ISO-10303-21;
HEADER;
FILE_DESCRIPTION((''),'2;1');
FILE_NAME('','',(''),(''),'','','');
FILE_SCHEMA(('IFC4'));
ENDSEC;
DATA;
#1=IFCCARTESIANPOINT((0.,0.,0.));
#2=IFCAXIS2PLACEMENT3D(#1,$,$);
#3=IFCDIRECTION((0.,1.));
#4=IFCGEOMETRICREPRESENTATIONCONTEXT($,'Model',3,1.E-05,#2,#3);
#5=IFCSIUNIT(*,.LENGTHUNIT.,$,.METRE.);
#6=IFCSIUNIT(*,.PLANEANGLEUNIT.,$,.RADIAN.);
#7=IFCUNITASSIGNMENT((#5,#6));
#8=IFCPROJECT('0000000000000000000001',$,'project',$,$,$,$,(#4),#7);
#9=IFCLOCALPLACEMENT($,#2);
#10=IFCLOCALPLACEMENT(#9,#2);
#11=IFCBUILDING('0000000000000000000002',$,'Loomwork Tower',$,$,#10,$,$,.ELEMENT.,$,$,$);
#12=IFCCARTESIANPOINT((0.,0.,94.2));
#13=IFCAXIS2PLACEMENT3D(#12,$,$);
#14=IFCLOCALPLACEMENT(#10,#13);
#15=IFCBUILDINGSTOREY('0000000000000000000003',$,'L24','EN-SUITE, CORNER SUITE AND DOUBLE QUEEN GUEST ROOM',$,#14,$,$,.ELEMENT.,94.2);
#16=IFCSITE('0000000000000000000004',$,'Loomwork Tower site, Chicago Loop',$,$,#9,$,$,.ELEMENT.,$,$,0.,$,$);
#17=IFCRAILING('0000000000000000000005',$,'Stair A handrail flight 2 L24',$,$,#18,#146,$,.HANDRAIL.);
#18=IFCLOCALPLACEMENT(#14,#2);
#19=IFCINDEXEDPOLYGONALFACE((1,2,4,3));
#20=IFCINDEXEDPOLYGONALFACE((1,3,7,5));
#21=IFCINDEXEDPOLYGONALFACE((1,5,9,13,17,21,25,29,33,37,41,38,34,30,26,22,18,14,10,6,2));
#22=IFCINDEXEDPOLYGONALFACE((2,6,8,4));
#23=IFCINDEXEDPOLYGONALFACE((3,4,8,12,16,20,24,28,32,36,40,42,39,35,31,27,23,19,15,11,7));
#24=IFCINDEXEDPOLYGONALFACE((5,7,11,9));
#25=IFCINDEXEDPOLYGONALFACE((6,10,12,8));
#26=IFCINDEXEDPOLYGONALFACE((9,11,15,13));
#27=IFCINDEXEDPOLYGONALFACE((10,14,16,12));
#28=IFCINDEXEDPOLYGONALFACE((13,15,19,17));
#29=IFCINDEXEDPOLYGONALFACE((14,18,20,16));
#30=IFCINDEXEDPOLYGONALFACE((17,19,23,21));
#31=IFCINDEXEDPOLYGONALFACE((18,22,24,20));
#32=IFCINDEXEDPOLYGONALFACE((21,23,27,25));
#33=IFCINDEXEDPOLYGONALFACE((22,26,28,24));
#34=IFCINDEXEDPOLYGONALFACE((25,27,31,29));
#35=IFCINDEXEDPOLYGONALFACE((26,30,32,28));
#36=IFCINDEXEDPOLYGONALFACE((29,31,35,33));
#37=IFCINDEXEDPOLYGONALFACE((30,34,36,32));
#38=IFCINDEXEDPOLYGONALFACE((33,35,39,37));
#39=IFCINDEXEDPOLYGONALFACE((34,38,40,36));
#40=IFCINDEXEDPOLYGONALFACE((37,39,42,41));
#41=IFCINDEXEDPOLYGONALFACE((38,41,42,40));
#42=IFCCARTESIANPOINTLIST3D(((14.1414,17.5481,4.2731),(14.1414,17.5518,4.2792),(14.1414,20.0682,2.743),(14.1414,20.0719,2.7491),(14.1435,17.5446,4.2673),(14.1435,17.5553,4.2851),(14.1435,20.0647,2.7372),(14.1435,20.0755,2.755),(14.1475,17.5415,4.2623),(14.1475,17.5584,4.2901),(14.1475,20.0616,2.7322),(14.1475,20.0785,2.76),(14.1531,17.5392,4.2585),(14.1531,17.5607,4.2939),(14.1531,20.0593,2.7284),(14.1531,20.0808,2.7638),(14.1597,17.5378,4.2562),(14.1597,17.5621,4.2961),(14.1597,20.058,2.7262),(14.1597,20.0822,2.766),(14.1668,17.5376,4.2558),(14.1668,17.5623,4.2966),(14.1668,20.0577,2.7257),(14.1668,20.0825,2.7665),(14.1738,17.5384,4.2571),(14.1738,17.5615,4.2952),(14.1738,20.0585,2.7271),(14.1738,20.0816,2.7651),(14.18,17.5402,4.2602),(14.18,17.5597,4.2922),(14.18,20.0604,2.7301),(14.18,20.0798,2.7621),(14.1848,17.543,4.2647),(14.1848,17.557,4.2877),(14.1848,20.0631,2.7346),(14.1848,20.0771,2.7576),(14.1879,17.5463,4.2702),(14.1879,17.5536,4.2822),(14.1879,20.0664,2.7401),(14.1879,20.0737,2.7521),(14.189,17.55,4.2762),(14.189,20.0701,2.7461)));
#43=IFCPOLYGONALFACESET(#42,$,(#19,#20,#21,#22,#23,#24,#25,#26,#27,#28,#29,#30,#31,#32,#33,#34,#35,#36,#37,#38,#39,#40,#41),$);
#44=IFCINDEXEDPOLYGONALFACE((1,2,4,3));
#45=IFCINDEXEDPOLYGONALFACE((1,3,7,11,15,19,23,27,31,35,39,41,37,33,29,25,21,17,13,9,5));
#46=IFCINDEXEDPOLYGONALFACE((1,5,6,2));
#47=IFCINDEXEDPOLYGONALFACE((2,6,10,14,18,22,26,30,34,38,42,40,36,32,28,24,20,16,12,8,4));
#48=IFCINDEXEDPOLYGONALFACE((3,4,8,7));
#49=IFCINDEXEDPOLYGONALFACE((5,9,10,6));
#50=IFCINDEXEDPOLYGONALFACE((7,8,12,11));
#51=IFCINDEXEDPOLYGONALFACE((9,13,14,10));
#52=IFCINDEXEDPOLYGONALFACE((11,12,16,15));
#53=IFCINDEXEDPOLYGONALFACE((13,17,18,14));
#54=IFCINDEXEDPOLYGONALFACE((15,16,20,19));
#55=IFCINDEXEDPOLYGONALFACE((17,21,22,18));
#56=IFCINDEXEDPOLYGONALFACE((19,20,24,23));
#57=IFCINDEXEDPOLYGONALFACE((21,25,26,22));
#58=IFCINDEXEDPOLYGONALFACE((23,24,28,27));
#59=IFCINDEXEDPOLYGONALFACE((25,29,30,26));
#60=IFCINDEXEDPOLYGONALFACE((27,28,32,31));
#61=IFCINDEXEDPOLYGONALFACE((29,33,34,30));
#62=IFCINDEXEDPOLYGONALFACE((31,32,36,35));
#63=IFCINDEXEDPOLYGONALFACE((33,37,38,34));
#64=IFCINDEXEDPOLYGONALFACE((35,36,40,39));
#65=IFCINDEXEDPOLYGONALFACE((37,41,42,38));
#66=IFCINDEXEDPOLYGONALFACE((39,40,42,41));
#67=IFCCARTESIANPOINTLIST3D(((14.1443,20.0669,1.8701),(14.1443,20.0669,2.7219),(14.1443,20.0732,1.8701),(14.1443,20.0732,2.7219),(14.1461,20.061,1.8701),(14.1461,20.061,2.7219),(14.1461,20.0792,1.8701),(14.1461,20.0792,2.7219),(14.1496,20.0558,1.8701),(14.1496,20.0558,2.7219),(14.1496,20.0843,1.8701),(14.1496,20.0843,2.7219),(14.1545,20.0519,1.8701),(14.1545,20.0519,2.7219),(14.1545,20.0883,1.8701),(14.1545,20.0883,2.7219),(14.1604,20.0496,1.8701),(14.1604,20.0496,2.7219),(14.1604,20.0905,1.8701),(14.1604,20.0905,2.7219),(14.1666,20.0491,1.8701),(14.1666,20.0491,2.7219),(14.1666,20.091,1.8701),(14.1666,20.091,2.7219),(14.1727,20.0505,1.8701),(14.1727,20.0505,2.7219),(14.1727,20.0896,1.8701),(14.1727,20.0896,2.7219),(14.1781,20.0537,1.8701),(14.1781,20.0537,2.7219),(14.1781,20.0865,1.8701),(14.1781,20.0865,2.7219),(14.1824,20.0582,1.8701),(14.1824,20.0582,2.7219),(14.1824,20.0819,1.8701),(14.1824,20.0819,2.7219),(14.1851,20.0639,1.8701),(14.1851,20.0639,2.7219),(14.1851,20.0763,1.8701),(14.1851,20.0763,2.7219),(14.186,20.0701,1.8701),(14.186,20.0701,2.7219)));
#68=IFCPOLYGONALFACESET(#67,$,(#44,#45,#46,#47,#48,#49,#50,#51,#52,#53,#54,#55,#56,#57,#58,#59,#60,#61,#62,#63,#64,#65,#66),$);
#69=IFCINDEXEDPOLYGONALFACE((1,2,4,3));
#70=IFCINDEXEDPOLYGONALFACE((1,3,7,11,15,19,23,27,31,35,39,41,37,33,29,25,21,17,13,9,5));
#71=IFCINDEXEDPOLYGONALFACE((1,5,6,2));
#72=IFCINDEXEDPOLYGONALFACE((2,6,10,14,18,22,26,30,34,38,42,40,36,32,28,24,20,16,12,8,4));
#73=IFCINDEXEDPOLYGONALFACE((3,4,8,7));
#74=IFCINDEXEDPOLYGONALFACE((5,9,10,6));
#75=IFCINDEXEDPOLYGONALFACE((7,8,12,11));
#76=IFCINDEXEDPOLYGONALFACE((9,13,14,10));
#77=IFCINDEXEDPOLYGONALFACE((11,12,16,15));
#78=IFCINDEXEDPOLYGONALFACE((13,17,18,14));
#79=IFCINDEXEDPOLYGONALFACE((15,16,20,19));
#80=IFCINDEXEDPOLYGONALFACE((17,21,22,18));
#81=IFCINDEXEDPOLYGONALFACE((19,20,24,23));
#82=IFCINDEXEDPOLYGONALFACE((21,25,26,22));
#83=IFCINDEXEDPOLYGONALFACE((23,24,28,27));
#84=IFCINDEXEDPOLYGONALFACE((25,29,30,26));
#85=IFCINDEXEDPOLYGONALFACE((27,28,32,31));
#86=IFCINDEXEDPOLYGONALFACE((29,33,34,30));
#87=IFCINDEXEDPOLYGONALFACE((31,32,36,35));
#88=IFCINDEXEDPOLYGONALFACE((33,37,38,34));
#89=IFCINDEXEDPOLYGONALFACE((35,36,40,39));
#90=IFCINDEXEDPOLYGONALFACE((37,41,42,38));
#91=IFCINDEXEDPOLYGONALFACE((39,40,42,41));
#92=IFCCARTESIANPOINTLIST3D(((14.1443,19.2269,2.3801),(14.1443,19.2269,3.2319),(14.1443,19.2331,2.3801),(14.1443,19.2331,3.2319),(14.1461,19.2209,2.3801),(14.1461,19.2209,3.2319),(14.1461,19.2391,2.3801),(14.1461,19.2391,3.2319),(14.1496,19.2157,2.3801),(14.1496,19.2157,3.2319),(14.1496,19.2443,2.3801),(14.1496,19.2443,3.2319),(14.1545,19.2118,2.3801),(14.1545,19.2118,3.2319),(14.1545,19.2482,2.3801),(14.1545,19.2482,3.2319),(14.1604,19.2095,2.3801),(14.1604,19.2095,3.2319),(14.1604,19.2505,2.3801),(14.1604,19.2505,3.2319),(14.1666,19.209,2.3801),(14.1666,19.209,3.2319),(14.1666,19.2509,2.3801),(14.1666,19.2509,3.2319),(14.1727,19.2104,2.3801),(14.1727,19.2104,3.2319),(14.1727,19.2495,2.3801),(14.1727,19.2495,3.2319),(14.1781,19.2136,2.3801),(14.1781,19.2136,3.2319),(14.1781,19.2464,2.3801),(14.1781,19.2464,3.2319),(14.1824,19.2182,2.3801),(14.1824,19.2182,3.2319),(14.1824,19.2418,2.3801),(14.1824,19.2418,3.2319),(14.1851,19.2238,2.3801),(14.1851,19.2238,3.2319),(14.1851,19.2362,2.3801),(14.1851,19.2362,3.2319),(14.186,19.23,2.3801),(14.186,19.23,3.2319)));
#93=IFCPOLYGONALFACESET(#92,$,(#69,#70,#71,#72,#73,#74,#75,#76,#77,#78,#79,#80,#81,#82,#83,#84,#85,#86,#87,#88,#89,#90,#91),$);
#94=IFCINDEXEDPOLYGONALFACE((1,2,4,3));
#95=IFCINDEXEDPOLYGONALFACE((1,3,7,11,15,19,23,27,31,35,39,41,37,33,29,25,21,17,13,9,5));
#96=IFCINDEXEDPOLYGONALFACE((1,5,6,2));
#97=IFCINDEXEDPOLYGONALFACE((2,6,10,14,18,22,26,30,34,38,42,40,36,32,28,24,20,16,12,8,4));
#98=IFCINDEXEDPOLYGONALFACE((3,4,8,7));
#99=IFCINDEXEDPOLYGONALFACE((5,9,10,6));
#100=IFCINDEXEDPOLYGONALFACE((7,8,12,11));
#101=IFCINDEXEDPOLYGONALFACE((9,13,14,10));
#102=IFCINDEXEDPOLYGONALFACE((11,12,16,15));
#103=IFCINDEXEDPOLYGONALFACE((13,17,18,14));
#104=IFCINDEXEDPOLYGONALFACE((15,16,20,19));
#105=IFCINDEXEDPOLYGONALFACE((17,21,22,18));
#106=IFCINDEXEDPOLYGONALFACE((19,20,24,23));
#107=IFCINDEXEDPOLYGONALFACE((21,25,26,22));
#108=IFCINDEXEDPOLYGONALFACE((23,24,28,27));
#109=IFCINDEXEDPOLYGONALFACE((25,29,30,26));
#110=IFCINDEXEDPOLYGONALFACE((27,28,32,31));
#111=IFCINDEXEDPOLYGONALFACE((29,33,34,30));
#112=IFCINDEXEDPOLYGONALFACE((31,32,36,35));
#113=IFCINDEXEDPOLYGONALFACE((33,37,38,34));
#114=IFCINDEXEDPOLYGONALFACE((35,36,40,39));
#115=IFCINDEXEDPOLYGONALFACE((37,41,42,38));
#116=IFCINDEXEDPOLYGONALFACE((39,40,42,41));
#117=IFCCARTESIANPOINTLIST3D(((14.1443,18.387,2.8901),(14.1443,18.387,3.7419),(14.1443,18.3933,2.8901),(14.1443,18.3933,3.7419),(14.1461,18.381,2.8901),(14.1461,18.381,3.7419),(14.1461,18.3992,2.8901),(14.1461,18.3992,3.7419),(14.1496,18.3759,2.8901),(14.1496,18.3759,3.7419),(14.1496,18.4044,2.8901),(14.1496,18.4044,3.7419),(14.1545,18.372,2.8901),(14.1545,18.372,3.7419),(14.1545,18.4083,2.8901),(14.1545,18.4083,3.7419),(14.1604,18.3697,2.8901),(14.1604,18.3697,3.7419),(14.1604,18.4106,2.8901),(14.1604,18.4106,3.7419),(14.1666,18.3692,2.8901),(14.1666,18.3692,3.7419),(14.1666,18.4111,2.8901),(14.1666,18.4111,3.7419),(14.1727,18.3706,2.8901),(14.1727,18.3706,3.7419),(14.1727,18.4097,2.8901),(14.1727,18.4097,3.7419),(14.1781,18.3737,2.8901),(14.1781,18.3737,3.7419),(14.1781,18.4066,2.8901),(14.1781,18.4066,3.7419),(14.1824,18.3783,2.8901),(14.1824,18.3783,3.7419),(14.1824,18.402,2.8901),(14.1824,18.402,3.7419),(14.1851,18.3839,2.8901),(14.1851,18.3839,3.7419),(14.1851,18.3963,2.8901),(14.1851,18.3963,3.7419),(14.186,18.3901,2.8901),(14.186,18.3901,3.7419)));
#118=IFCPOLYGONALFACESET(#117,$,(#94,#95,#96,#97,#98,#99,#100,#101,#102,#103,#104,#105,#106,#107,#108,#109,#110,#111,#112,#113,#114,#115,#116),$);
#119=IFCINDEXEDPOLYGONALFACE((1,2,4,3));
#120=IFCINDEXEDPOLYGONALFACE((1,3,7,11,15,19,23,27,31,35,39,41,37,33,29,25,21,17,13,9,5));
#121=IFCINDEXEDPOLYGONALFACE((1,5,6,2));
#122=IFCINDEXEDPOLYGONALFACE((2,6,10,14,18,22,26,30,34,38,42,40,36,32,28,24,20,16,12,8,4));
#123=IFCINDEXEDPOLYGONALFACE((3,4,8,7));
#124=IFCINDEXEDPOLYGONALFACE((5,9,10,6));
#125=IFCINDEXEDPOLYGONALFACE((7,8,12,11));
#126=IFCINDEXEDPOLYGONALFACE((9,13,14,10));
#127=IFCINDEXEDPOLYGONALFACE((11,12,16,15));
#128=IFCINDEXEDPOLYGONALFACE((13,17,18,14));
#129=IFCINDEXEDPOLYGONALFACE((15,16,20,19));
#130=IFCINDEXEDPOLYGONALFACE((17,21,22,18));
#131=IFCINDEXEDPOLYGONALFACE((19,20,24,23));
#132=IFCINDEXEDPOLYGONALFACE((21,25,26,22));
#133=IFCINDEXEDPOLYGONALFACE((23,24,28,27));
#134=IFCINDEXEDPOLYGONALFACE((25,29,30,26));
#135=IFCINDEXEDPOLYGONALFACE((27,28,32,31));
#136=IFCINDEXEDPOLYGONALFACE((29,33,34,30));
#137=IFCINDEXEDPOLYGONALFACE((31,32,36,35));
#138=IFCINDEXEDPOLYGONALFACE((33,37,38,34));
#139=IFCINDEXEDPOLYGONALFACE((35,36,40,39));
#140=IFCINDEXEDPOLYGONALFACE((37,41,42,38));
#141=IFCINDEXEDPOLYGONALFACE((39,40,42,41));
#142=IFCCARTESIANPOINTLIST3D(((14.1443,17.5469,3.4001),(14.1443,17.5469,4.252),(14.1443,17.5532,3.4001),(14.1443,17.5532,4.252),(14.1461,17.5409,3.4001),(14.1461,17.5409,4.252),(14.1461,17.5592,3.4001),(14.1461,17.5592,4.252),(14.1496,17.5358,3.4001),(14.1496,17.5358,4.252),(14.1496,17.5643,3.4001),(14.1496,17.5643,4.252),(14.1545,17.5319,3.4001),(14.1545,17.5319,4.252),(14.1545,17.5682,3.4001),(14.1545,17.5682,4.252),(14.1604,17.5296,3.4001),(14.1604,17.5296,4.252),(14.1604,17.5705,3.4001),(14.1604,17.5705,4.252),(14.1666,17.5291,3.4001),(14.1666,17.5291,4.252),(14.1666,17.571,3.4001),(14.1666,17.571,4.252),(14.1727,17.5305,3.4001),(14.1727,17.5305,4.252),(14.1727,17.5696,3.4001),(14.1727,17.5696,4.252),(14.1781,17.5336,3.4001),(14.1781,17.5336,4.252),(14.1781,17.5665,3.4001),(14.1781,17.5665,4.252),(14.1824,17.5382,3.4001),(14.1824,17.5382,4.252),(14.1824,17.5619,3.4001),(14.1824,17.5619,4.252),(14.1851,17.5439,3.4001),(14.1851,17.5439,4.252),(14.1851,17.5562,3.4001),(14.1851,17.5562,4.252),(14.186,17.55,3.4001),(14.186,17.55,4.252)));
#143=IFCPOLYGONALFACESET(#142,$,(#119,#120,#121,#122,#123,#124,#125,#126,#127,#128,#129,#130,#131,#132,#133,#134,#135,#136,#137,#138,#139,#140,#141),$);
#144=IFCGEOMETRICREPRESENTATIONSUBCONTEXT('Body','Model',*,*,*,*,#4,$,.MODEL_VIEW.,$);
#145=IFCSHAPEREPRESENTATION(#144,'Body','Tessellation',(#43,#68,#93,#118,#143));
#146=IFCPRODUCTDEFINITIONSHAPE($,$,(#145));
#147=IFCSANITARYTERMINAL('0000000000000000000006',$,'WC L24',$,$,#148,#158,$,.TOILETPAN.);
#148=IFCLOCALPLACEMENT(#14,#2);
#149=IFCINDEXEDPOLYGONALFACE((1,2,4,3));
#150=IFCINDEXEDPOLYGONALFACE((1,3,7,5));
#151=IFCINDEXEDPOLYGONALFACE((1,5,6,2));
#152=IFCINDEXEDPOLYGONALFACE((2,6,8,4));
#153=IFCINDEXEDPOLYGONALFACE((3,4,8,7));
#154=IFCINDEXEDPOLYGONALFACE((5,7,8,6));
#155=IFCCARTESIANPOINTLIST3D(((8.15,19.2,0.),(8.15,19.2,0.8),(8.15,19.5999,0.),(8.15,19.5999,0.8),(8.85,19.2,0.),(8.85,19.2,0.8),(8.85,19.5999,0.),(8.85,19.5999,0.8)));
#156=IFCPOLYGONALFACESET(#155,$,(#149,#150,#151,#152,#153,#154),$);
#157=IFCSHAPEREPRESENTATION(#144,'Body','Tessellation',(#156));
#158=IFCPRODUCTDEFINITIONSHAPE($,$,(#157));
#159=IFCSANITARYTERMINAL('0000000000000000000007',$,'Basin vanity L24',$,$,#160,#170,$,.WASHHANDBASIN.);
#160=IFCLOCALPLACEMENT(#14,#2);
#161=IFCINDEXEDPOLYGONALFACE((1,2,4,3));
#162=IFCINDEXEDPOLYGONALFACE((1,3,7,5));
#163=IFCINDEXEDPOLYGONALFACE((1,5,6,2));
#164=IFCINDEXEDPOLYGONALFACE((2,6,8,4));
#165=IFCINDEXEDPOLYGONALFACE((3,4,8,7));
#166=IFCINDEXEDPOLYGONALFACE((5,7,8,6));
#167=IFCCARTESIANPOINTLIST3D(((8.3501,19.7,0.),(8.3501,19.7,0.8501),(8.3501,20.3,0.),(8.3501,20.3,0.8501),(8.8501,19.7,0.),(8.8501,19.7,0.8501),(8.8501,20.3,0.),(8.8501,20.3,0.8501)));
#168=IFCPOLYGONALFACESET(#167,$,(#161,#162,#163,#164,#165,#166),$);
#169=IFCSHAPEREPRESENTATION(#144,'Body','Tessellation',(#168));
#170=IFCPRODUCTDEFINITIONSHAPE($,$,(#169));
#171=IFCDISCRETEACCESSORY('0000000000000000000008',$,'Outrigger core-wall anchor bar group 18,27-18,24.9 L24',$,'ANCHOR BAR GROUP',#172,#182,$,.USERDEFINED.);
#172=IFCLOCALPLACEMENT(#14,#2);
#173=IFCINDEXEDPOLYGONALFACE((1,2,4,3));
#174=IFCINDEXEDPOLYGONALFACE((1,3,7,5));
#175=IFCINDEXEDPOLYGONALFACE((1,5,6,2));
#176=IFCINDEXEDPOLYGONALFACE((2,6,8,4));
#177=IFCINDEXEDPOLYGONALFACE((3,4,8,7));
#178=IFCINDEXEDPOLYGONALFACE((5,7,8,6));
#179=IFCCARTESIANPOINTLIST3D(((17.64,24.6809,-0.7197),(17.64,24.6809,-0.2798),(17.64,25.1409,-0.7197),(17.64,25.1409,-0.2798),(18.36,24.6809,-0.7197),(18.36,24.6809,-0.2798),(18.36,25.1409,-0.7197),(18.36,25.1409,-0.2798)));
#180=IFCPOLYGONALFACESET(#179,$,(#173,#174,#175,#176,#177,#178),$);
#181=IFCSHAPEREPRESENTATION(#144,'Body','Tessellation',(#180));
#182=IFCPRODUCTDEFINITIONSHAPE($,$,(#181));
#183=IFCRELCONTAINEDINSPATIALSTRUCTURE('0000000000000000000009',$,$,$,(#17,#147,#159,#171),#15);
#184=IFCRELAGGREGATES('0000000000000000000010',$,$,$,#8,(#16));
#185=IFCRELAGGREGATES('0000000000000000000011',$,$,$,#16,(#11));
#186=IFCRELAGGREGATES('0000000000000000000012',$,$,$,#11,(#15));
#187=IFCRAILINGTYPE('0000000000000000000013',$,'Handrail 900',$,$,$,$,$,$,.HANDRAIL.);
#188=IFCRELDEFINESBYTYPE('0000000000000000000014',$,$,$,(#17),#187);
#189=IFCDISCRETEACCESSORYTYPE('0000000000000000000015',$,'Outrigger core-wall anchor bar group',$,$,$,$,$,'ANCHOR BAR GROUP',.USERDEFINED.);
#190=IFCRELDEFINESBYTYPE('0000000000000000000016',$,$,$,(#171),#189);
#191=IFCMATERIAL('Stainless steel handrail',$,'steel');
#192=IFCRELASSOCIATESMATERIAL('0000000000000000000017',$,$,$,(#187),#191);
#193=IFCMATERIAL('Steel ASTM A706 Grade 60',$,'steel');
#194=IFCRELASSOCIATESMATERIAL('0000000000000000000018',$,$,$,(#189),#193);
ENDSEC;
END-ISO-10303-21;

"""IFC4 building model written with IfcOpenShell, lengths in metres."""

from ifc_helpers import new_model, si_unit, direction, frame, origin, origin_2d, place, context, subcontext, project, spatial, rectangle, circle, extrude, material, type_object, element, save


model = new_model("IFC4")

# Units and contexts
model_context = context("Model", 3, precision=1e-05, world=origin(), true_north=direction((0.0, 1.0)))
body_context = subcontext(model_context, "Body", "Model", "MODEL_VIEW")
ifc_project = project(units=[si_unit("LENGTHUNIT", "METRE"), si_unit("PLANEANGLEUNIT", "RADIAN")], contexts=[model_context])

# Site, building, storey
site_placement = place(None, origin())
site = spatial("IfcSite", under=ifc_project, at=site_placement, Name="Loomwork Tower site, Chicago Loop", CompositionType="ELEMENT", RefElevation=0.0)
building_placement = place(site_placement, origin())
building = spatial("IfcBuilding", under=site, at=building_placement, Name="Loomwork Tower", CompositionType="ELEMENT")
storey_placement = place(building_placement, frame((0.0, 0.0, 94.2)))
storey = spatial("IfcBuildingStorey", under=building, at=storey_placement, Name="L24", Description="EN-SUITE, CORNER SUITE AND DOUBLE QUEEN GUEST ROOM", CompositionType="ELEMENT", Elevation=94.2)

# Railing
ifc_material_1 = material(Name="Stainless steel handrail", Category="steel")
railing_type = type_object("IfcRailingType", Name="Handrail 900", PredefinedType="HANDRAIL", material=ifc_material_1)
railing_placement = place(storey_placement, frame((14.165, 20.0701, 1.8701)))
element("IfcRailing", 1, at=railing_placement, inside=storey, type_object=railing_type, Name="Stair A handrail flight 2 L24", PredefinedType="HANDRAIL", context=body_context, shape_type="SweptSolid", body=[
    extrude(circle(Radius=0.0239, at=origin_2d()), frame((0.0, 0.0, 0.876), z_axis=(0.0, -0.854785, 0.518982), x_axis=(1.0, 0.0, 0.0)), (0.0, 0.0, 1.0), 2.9482),
    extrude(circle(Radius=0.021, at=origin_2d()), origin(), (0.0, 0.0, 1.0), 0.8518),
    extrude(circle(Radius=0.021, at=origin_2d()), frame((0.0, -0.8401, 0.51)), (0.0, 0.0, 1.0), 0.8518),
    extrude(circle(Radius=0.021, at=origin_2d()), frame((0.0, -1.6799, 1.02)), (0.0, 0.0, 1.0), 0.8518),
    extrude(circle(Radius=0.021, at=origin_2d()), frame((0.0, -2.52, 1.53)), (0.0, 0.0, 1.0), 0.8518),
])

# Sanitary terminals
sanitary_terminal_1_placement = place(storey_placement, frame((8.5, 19.3999, 0.0), z_axis=(0.0, 0.0, 1.0), x_axis=(1.0, 0.0, 0.0)))
element("IfcSanitaryTerminal", 2, at=sanitary_terminal_1_placement, inside=storey, Name="WC L24", PredefinedType="TOILETPAN", context=body_context, shape_type="SweptSolid", body=[
    extrude(rectangle(XDim=0.7, YDim=0.3999, at=origin_2d()), origin(), (0.0, 0.0, 1.0), 0.8),
])
sanitary_terminal_2_placement = place(storey_placement, frame((8.6001, 20.0, 0.0), z_axis=(0.0, 0.0, 1.0), x_axis=(1.0, 0.0, 0.0)))
element("IfcSanitaryTerminal", 3, at=sanitary_terminal_2_placement, inside=storey, Name="Basin vanity L24", PredefinedType="WASHHANDBASIN", context=body_context, shape_type="SweptSolid", body=[
    extrude(rectangle(XDim=0.5, YDim=0.6001, at=origin_2d()), origin(), (0.0, 0.0, 1.0), 0.8501),
])

# Discrete accessory
ifc_material_2 = material(Name="Steel ASTM A706 Grade 60", Category="steel")
discrete_accessory_type = type_object("IfcDiscreteAccessoryType", Name="Outrigger core-wall anchor bar group", ElementType="ANCHOR BAR GROUP", PredefinedType="USERDEFINED", material=ifc_material_2)
discrete_accessory_placement = place(storey_placement, frame((18.0, 24.9109, -0.7197), z_axis=(0.0, 0.0, 1.0), x_axis=(1.0, 0.0, 0.0)))
element("IfcDiscreteAccessory", 4, at=discrete_accessory_placement, inside=storey, type_object=discrete_accessory_type, Name="Outrigger core-wall anchor bar group 18,27-18,24.9 L24", ObjectType="ANCHOR BAR GROUP", PredefinedType="USERDEFINED", context=body_context, shape_type="SweptSolid", body=[
    extrude(rectangle(XDim=0.72, YDim=0.46, at=origin_2d()), origin(), (0.0, 0.0, 1.0), 0.4399),
])

save(model, "model.ifc")
